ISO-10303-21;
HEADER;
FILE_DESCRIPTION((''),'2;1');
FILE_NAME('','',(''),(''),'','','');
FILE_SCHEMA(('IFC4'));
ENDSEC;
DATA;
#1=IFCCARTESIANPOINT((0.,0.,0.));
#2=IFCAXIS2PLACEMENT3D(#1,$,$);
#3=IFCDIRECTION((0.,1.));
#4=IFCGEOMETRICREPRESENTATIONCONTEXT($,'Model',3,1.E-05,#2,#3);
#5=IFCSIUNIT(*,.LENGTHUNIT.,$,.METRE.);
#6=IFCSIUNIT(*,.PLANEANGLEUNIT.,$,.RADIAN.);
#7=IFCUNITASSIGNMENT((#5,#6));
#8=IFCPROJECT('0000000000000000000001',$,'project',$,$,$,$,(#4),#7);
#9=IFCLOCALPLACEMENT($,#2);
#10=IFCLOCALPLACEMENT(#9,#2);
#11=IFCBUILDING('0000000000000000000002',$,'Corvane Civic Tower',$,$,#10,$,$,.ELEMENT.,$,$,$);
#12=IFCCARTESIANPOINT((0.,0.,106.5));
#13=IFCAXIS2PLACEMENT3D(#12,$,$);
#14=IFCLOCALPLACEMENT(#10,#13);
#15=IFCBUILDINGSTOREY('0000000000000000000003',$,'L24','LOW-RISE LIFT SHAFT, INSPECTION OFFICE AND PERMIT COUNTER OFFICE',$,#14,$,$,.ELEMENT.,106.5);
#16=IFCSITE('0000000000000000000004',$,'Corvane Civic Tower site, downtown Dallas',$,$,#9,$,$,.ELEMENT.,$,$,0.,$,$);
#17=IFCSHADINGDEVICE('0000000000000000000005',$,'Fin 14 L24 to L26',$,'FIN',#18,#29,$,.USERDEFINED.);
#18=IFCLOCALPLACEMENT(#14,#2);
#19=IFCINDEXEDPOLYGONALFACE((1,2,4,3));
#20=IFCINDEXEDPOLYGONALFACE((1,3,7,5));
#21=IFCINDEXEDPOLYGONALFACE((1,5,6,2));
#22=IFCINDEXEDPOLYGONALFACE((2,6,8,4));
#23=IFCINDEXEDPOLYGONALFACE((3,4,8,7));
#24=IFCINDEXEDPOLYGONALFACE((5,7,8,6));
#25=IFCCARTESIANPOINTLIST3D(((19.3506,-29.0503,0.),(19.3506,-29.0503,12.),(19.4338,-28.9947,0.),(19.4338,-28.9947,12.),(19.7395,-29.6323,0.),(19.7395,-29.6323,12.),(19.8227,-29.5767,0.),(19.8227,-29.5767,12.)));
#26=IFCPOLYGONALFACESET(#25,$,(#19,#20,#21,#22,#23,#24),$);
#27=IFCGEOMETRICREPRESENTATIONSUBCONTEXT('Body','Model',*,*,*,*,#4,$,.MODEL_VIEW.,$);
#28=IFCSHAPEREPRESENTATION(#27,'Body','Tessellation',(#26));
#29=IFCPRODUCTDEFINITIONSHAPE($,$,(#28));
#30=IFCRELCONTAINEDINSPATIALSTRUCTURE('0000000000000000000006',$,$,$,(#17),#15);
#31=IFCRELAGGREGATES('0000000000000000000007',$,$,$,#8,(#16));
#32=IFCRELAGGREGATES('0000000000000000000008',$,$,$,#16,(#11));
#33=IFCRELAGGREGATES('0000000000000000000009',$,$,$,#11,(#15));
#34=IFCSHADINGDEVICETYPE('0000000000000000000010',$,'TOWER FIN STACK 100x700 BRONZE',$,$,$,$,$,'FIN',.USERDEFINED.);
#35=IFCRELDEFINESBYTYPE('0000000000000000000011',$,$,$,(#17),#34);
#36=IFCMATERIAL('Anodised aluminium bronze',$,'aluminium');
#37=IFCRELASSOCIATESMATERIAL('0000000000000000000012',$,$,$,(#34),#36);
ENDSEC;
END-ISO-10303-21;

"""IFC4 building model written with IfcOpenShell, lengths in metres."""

from ifc_helpers import new_model, si_unit, direction, frame, origin, origin_2d, place, context, subcontext, project, spatial, rectangle, extrude, material, material_profile, profile_set, type_object, element, save


model = new_model("IFC4")

# Units and contexts
model_context = context("Model", 3, precision=1e-05, world=origin(), true_north=direction((0.0, 1.0)))
body_context = subcontext(model_context, "Body", "Model", "MODEL_VIEW")
ifc_project = project(units=[si_unit("LENGTHUNIT", "METRE"), si_unit("PLANEANGLEUNIT", "RADIAN")], contexts=[model_context])

# Site, building, storey
site_placement = place(None, origin())
site = spatial("IfcSite", under=ifc_project, at=site_placement, Name="Corvane Civic Tower site, downtown Dallas", CompositionType="ELEMENT", RefElevation=0.0)
building_placement = place(site_placement, origin())
building = spatial("IfcBuilding", under=site, at=building_placement, Name="Corvane Civic Tower", CompositionType="ELEMENT")
storey_placement = place(building_placement, frame((0.0, 0.0, 106.5)))
storey = spatial("IfcBuildingStorey", under=building, at=storey_placement, Name="L24", Description="LOW-RISE LIFT SHAFT, INSPECTION OFFICE AND PERMIT COUNTER OFFICE", CompositionType="ELEMENT", Elevation=106.5)

# Shading device
ifc_material_1 = material(Name="Anodised aluminium bronze", Category="aluminium")
ifc_material_profile_1 = material_profile(ifc_material_1, rectangle(XDim=0.1001, YDim=0.7, at=origin_2d()), Name="TOWER FIN STACK 100x700 BRONZE")
ifc_profile_set_1 = profile_set([ifc_material_profile_1], Name="Anodised aluminium bronze")
shading_device_type = type_object("IfcShadingDeviceType", Name="TOWER FIN STACK 100x700 BRONZE", ElementType="FIN", PredefinedType="USERDEFINED", material=ifc_profile_set_1)
for number, where, z_axis, x_axis, name in (
    (1, (19.5867, -29.3135, 0.0), (0.0, 0.0, 1.0), (-0.83147, -0.55557, 0.0), "Fin 14 L24 to L26"),
):
    element("IfcShadingDevice", number, at=place(storey_placement, frame(where, z_axis=z_axis, x_axis=x_axis)), inside=storey, type_object=shading_device_type, Name=name, ObjectType="FIN", PredefinedType="USERDEFINED", context=body_context, shape_type="SweptSolid", body=[
        extrude(rectangle(XDim=0.1001, YDim=0.7, at=origin_2d()), origin(), (0.0, 0.0, 1.0), 12.0),
    ])

save(model, "model.ifc")
